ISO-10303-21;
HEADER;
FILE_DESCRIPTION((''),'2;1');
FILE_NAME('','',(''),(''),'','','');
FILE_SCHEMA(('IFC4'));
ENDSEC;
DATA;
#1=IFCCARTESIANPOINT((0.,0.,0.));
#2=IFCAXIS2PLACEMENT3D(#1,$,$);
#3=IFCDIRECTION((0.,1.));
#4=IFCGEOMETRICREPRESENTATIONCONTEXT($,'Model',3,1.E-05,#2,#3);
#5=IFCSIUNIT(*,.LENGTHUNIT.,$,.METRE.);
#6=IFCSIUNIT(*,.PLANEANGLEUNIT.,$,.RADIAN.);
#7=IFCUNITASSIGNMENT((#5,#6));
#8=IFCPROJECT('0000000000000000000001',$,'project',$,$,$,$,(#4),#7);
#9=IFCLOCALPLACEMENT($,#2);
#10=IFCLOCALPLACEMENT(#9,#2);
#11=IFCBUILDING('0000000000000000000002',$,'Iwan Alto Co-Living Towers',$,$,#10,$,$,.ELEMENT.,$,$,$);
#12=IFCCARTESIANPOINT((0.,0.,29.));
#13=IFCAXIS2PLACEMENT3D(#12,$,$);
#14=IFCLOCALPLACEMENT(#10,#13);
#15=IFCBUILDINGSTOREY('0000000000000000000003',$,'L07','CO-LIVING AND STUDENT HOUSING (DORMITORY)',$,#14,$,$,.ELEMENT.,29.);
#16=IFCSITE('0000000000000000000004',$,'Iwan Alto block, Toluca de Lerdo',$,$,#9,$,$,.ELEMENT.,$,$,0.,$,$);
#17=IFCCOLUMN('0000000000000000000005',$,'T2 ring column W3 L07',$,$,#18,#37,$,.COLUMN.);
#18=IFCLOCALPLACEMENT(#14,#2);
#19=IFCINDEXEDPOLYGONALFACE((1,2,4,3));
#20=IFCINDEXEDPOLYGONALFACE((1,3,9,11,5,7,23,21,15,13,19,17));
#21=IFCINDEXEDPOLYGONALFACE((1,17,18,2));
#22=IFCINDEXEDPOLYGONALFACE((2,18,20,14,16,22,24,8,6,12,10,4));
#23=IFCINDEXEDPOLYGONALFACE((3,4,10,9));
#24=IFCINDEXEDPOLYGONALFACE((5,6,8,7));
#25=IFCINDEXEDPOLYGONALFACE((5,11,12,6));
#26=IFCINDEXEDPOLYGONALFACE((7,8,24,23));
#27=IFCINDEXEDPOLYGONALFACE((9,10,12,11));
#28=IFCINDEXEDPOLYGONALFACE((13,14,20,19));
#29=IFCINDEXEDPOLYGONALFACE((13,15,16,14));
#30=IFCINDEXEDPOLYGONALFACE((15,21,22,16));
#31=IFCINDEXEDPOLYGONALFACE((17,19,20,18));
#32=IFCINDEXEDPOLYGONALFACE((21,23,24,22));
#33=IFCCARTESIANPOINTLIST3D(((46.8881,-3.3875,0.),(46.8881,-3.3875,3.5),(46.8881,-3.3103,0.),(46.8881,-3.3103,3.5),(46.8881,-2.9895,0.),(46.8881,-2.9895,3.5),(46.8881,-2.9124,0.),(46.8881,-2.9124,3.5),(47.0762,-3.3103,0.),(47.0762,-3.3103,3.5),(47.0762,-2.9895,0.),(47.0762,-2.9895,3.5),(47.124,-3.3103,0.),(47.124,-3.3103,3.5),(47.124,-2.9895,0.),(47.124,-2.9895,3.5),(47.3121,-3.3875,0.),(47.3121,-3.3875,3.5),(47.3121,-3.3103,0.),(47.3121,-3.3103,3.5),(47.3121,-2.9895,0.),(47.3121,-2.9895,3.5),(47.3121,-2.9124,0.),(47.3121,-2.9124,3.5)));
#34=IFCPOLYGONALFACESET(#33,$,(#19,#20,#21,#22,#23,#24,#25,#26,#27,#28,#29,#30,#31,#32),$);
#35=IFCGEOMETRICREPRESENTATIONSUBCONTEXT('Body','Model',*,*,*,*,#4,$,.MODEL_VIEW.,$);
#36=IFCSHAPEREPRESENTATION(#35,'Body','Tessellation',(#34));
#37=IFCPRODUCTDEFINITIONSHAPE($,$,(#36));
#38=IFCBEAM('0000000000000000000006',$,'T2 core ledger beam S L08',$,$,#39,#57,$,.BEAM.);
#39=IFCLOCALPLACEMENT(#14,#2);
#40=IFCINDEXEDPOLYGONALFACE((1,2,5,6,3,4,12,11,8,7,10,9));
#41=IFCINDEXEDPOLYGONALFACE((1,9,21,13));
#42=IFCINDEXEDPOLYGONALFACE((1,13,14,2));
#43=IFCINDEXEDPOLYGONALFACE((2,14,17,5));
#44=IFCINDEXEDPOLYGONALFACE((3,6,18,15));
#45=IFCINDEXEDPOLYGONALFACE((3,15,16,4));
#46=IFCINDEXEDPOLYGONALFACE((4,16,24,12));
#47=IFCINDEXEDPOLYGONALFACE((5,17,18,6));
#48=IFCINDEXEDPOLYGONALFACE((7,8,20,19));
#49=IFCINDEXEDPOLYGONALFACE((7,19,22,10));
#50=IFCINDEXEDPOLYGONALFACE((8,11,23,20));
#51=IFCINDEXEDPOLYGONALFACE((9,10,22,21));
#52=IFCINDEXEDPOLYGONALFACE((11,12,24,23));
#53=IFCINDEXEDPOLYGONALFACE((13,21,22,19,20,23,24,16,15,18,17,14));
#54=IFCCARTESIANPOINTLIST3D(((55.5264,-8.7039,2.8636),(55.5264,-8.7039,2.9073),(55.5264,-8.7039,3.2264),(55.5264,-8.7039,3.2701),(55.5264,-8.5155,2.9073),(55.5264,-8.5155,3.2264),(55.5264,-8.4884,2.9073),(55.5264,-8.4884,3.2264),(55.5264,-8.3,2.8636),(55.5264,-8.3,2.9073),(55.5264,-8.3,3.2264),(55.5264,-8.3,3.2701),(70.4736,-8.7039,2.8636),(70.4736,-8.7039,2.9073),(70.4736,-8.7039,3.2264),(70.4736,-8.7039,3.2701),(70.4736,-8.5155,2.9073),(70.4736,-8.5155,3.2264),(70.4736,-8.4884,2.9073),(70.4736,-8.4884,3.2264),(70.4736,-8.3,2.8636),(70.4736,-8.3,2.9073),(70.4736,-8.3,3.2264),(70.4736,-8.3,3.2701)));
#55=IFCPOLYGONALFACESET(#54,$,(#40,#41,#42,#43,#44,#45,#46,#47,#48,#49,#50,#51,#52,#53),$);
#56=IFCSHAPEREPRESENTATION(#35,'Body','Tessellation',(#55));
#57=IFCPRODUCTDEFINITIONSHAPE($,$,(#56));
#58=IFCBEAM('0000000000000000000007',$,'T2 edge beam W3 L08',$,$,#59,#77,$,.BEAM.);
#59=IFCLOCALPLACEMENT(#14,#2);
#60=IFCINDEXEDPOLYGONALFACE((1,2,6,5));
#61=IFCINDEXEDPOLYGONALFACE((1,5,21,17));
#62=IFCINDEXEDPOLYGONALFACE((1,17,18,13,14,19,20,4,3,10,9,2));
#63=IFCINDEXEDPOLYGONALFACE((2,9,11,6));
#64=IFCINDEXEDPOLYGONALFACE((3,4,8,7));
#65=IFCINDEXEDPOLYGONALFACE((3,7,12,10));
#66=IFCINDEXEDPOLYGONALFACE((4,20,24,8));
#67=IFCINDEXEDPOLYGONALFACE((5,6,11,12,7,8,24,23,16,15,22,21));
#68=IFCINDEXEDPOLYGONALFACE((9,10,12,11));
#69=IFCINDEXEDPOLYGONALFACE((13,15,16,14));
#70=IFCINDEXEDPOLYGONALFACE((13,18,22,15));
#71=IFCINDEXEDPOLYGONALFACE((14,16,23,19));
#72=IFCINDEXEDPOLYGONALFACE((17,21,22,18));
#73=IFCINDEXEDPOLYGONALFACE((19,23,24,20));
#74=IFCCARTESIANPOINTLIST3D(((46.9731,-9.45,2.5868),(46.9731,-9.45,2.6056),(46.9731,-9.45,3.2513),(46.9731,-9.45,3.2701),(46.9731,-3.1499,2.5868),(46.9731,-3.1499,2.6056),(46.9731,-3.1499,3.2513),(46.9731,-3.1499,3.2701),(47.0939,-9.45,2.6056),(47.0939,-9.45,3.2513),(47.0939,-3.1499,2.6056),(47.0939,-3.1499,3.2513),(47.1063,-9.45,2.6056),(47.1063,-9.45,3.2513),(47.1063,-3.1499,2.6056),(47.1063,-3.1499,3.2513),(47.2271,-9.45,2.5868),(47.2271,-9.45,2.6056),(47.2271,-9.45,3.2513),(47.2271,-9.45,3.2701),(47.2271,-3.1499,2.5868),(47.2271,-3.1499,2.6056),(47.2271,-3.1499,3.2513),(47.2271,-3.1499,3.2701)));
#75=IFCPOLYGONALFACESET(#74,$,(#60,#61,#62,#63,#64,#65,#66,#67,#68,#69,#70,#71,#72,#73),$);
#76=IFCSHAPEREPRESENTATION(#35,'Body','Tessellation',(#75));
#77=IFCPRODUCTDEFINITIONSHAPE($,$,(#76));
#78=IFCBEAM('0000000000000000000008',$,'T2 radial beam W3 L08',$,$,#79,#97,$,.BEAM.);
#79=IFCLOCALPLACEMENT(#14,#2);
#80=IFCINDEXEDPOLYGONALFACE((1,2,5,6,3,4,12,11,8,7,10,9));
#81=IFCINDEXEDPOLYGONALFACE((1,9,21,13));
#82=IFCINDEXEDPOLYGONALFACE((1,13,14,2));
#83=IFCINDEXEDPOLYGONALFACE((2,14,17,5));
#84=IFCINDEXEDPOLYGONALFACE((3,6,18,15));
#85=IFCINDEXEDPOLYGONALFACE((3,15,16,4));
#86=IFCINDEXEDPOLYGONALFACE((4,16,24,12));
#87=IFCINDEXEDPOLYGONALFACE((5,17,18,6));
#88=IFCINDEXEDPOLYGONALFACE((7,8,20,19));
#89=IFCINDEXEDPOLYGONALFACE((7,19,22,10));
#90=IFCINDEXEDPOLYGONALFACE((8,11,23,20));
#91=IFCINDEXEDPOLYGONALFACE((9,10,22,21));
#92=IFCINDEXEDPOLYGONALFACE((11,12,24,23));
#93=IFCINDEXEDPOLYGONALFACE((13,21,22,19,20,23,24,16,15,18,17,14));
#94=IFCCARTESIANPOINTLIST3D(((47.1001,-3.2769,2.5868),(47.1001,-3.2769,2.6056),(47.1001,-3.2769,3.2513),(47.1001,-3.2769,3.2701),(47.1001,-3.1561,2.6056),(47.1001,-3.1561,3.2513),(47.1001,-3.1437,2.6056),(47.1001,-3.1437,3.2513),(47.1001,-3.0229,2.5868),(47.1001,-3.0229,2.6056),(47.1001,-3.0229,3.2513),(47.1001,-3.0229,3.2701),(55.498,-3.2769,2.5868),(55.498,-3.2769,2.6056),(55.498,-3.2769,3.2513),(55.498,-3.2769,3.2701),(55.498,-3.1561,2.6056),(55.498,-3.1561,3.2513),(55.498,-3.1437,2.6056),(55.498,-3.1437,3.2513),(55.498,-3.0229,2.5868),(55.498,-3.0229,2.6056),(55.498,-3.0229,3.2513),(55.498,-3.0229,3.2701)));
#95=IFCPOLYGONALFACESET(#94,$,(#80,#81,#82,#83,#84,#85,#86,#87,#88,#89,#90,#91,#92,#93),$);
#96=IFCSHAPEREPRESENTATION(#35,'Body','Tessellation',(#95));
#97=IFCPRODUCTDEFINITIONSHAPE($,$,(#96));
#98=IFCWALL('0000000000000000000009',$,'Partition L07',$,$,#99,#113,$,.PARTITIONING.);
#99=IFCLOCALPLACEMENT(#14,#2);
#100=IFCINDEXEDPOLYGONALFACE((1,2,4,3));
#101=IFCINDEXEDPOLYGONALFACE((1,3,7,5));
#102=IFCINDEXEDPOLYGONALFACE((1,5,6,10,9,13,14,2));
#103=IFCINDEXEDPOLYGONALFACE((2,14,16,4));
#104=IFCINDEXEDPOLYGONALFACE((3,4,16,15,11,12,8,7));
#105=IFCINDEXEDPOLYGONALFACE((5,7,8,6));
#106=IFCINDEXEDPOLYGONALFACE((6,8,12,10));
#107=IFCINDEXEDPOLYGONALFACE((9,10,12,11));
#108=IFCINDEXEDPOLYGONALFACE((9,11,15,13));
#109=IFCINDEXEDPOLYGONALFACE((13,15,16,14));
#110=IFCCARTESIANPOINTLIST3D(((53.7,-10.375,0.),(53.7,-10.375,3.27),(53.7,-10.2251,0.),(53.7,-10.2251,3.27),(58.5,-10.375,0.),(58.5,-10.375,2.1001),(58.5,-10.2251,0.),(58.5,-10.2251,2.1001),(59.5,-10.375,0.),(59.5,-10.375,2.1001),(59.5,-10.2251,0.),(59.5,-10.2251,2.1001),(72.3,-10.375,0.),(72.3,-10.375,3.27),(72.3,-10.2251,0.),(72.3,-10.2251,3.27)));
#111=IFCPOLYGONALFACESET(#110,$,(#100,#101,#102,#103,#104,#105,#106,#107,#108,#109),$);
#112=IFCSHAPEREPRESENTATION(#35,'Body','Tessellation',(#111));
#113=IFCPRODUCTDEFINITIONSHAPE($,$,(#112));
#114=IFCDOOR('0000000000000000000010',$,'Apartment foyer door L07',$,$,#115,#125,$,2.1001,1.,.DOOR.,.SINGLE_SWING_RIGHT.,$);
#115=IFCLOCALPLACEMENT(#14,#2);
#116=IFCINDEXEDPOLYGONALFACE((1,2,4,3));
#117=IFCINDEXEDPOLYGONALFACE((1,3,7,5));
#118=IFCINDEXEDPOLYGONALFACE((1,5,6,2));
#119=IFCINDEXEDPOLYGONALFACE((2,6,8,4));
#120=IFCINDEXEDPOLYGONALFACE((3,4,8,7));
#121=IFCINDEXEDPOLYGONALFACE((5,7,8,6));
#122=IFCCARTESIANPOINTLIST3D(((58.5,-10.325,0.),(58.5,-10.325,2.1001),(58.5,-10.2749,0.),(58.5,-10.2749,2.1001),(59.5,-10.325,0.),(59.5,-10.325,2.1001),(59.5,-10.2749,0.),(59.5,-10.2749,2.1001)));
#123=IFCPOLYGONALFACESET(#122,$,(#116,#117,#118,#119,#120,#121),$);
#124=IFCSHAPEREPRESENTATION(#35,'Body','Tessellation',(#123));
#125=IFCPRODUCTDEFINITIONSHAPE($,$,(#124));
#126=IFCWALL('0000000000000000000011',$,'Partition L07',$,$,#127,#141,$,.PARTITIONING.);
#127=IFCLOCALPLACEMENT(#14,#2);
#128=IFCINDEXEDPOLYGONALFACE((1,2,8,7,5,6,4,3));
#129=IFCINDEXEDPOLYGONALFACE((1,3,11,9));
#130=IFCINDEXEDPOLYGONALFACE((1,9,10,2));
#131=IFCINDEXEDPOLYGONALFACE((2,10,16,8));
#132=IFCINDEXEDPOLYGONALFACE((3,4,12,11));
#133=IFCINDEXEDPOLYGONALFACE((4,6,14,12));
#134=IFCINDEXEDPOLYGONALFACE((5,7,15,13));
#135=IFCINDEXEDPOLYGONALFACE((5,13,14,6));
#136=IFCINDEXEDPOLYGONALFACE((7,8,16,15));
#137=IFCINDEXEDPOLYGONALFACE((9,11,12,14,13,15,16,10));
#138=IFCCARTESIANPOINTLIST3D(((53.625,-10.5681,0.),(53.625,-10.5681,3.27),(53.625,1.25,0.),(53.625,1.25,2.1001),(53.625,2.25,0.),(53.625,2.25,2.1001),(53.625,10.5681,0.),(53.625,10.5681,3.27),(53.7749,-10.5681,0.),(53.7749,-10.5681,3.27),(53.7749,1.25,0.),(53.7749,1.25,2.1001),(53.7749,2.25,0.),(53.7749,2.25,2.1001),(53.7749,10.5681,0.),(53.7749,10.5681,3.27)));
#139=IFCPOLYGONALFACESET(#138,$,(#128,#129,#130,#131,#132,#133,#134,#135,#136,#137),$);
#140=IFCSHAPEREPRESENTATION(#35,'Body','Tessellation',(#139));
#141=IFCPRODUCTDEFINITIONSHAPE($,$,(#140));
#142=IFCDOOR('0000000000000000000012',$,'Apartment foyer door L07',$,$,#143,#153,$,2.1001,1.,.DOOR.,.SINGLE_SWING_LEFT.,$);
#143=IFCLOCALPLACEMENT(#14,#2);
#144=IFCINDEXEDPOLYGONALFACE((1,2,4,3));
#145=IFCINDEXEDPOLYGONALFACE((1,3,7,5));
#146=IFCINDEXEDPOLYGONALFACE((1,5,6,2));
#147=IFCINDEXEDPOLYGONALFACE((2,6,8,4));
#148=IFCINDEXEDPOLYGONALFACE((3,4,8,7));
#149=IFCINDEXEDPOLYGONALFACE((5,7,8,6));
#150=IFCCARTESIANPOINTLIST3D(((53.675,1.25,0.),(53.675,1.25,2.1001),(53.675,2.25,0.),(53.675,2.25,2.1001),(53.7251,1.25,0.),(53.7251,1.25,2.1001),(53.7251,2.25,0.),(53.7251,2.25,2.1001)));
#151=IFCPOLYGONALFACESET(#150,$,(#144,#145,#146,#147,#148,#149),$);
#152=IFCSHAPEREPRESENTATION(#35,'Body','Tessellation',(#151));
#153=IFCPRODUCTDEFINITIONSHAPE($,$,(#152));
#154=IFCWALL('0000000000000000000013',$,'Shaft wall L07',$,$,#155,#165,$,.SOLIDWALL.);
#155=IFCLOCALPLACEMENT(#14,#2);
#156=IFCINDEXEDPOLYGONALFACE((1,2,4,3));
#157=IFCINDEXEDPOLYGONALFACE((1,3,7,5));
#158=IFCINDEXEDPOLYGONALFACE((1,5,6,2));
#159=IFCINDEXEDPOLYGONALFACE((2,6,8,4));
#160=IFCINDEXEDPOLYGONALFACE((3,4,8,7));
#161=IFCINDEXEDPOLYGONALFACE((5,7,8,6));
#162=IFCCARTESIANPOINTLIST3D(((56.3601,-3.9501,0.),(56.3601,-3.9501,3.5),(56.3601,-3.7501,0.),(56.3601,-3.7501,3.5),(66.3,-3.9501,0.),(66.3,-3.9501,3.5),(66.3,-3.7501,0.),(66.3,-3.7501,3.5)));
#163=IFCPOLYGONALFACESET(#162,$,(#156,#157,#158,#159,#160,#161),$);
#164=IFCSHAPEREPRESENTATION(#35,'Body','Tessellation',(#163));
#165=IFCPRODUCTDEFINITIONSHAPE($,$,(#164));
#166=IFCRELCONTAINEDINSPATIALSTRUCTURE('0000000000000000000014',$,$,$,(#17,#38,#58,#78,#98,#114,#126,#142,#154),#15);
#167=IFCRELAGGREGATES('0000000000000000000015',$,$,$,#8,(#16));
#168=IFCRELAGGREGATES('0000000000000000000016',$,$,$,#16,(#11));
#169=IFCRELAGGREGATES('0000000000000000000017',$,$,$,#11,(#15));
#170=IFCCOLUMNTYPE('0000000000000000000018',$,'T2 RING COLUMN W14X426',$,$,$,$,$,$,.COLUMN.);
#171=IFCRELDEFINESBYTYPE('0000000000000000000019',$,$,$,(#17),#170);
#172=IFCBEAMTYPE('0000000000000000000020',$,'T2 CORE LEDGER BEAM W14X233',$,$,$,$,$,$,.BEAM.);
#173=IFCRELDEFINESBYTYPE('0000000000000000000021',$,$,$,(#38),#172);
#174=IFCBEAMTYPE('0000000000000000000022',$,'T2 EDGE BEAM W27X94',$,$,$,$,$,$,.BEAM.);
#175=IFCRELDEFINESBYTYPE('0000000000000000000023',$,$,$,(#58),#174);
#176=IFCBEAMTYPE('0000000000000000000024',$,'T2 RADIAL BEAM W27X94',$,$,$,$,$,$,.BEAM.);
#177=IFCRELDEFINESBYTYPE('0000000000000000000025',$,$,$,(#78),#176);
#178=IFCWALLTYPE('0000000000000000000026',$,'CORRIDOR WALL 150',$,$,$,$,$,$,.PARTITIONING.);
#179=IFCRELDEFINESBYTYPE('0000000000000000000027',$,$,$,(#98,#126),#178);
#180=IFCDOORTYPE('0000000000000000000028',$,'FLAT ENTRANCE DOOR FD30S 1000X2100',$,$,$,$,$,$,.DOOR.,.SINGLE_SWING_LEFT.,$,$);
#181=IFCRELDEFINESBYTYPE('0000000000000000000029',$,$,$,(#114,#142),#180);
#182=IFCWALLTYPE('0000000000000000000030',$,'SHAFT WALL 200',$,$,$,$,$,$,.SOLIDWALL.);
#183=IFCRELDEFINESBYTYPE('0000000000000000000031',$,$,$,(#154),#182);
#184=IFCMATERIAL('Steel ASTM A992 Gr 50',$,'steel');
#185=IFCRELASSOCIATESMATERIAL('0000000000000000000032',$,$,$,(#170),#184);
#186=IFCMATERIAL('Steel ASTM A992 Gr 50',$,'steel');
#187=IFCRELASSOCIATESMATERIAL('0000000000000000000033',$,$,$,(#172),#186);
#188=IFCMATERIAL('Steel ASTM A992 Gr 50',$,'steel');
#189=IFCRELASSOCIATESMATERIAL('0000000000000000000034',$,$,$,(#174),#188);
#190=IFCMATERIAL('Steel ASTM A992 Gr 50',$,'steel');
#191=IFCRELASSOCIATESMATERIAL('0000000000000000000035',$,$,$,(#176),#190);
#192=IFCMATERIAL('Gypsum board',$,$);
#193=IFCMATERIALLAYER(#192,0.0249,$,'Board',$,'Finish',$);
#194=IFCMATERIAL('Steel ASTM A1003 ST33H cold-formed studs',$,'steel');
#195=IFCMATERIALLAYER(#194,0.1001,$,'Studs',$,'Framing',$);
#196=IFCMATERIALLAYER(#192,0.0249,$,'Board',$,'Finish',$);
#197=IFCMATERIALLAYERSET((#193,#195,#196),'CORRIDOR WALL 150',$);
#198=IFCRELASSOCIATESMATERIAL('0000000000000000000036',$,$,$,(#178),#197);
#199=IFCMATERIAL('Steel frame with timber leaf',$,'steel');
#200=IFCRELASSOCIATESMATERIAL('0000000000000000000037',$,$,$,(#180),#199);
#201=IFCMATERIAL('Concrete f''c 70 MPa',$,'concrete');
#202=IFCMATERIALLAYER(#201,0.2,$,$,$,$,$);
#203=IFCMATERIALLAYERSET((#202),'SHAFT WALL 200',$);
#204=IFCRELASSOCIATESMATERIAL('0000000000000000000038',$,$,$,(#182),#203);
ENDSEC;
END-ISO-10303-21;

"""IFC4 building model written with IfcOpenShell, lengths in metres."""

from ifc_helpers import new_model, si_unit, direction, frame, frame_2d, origin, origin_2d, place, context, subcontext, project, spatial, rectangle, i_section, extrude, material, layer, layer_set, material_profile, profile_set, type_object, element, fill, save


model = new_model("IFC4")

# Units and contexts
model_context = context("Model", 3, precision=1e-05, world=origin(), true_north=direction((0.0, 1.0)))
body_context = subcontext(model_context, "Body", "Model", "MODEL_VIEW")
ifc_project = project(units=[si_unit("LENGTHUNIT", "METRE"), si_unit("PLANEANGLEUNIT", "RADIAN")], contexts=[model_context])

# Site, building, storey
site_placement = place(None, origin())
site = spatial("IfcSite", under=ifc_project, at=site_placement, Name="Iwan Alto block, Toluca de Lerdo", CompositionType="ELEMENT", RefElevation=0.0)
building_placement = place(site_placement, origin())
building = spatial("IfcBuilding", under=site, at=building_placement, Name="Iwan Alto Co-Living Towers", CompositionType="ELEMENT")
storey_placement = place(building_placement, frame((0.0, 0.0, 29.0)))
storey = spatial("IfcBuildingStorey", under=building, at=storey_placement, Name="L07", Description="CO-LIVING AND STUDENT HOUSING (DORMITORY)", CompositionType="ELEMENT", Elevation=29.0)

# Column
ifc_material_1 = material(Name="Steel ASTM A992 Gr 50", Category="steel")
ifc_material_profile_1 = material_profile(ifc_material_1, i_section(OverallWidth=0.4241, OverallDepth=0.4751, WebThickness=0.0479, FlangeThickness=0.0771, at=origin_2d()), Name="W14X426")
ifc_profile_set_1 = profile_set([ifc_material_profile_1], Name="Steel ASTM A992 Gr 50")
column_type = type_object("IfcColumnType", Name="T2 RING COLUMN W14X426", PredefinedType="COLUMN", material=ifc_profile_set_1)
column_placement = place(storey_placement, frame((47.1001, -3.1499, 0.0), z_axis=(0.0, 0.0, 1.0), x_axis=(1.0, 0.0, 0.0)))
element("IfcColumn", 1, at=column_placement, inside=storey, type_object=column_type, Name="T2 ring column W3 L07", PredefinedType="COLUMN", context=body_context, shape_type="SweptSolid", body=[
    extrude(i_section(OverallWidth=0.4241, OverallDepth=0.4751, WebThickness=0.0479, FlangeThickness=0.0771, at=origin_2d()), origin(), (0.0, 0.0, 1.0), 3.5),
])

# Beams
ifc_material_2 = material(Name="Steel ASTM A992 Gr 50", Category="steel")
ifc_material_profile_2 = material_profile(ifc_material_2, i_section(OverallWidth=0.4038, OverallDepth=0.4065, WebThickness=0.0271, FlangeThickness=0.0437, at=origin_2d()), Name="W14X233")
ifc_profile_set_2 = profile_set([ifc_material_profile_2], Name="Steel ASTM A992 Gr 50")
beam_type_1 = type_object("IfcBeamType", Name="T2 CORE LEDGER BEAM W14X233", PredefinedType="BEAM", material=ifc_profile_set_2)
beam_1_placement = place(storey_placement, frame((55.5264, -8.502, 3.0669), z_axis=(1.0, 0.0, 0.0), x_axis=(0.0, 1.0, 0.0)))
element("IfcBeam", 2, at=beam_1_placement, inside=storey, type_object=beam_type_1, Name="T2 core ledger beam S L08", PredefinedType="BEAM", context=body_context, shape_type="SweptSolid", body=[
    extrude(i_section(OverallWidth=0.4038, OverallDepth=0.4065, WebThickness=0.0271, FlangeThickness=0.0437, at=origin_2d()), origin(), (0.0, 0.0, 1.0), 14.9473),
])
ifc_material_3 = material(Name="Steel ASTM A992 Gr 50", Category="steel")
ifc_material_profile_3 = material_profile(ifc_material_3, i_section(OverallWidth=0.2539, OverallDepth=0.6833, WebThickness=0.0125, FlangeThickness=0.0188, at=origin_2d()), Name="W27X94")
ifc_profile_set_3 = profile_set([ifc_material_profile_3], Name="Steel ASTM A992 Gr 50")
beam_type_2 = type_object("IfcBeamType", Name="T2 EDGE BEAM W27X94", PredefinedType="BEAM", material=ifc_profile_set_3)
beam_2_placement = place(storey_placement, frame((47.1001, -3.1499, 2.9285), z_axis=(0.0, -1.0, 0.0), x_axis=(1.0, 0.0, 0.0)))
element("IfcBeam", 3, at=beam_2_placement, inside=storey, type_object=beam_type_2, Name="T2 edge beam W3 L08", PredefinedType="BEAM", context=body_context, shape_type="SweptSolid", body=[
    extrude(i_section(OverallWidth=0.2539, OverallDepth=0.6833, WebThickness=0.0125, FlangeThickness=0.0188, at=origin_2d()), origin(), (0.0, 0.0, 1.0), 6.3),
])
ifc_material_4 = material(Name="Steel ASTM A992 Gr 50", Category="steel")
ifc_material_profile_4 = material_profile(ifc_material_4, i_section(OverallWidth=0.2539, OverallDepth=0.6833, WebThickness=0.0125, FlangeThickness=0.0188, at=origin_2d()), Name="W27X94")
ifc_profile_set_4 = profile_set([ifc_material_profile_4], Name="Steel ASTM A992 Gr 50")
beam_type_3 = type_object("IfcBeamType", Name="T2 RADIAL BEAM W27X94", PredefinedType="BEAM", material=ifc_profile_set_4)
beam_3_placement = place(storey_placement, frame((47.1001, -3.1499, 2.9285), z_axis=(1.0, 0.0, 0.0), x_axis=(0.0, 1.0, 0.0)))
element("IfcBeam", 4, at=beam_3_placement, inside=storey, type_object=beam_type_3, Name="T2 radial beam W3 L08", PredefinedType="BEAM", context=body_context, shape_type="SweptSolid", body=[
    extrude(i_section(OverallWidth=0.2539, OverallDepth=0.6833, WebThickness=0.0125, FlangeThickness=0.0188, at=origin_2d()), origin(), (0.0, 0.0, 1.0), 8.3979),
])

# Walls, openings, doors
ifc_material_5 = material(Name="Gypsum board")
ifc_layer_1 = layer(ifc_material_5, 0.0249, Name="Board", Category="Finish")
ifc_material_6 = material(Name="Steel ASTM A1003 ST33H cold-formed studs", Category="steel")
ifc_layer_2 = layer(ifc_material_6, 0.1001, Name="Studs", Category="Framing")
ifc_layer_3 = layer(ifc_material_5, 0.0249, Name="Board", Category="Finish")
ifc_layer_set_1 = layer_set([ifc_layer_1, ifc_layer_2, ifc_layer_3], Name="CORRIDOR WALL 150")
wall_type_1 = type_object("IfcWallType", Name="CORRIDOR WALL 150", PredefinedType="PARTITIONING", material=ifc_layer_set_1)
wall_1_placement = place(storey_placement, frame((53.7, -10.3, 0.0), z_axis=(0.0, 0.0, 1.0), x_axis=(1.0, 0.0, 0.0)))
wall_1 = element("IfcWall", 5, at=wall_1_placement, inside=storey, type_object=wall_type_1, Name="Partition L07", PredefinedType="PARTITIONING", context=body_context, shape_type="SweptSolid", body=[
    extrude(rectangle(XDim=18.6001, YDim=0.1499, at=frame_2d((9.3, 0.0))), origin(), (0.0, 0.0, 1.0), 3.27),
])
opening_1_placement = place(wall_1_placement, frame((4.8, 0.0, 0.0)))
opening_1 = element("IfcOpeningElement", 6, at=opening_1_placement, cuts=wall_1, PredefinedType="OPENING", context=body_context, shape_type="SweptSolid", body=[
    extrude(rectangle(XDim=1.0, YDim=2.1001, at=frame_2d((0.5, 1.05))), frame((0.0, 0.085, 0.0), z_axis=(0.0, -1.0, 0.0), x_axis=(1.0, 0.0, 0.0)), (0.0, 0.0, 1.0), 0.1699),
])
ifc_material_7 = material(Name="Steel frame with timber leaf", Category="steel")
door_type_1 = type_object("IfcDoorType", Name="FLAT ENTRANCE DOOR FD30S 1000X2100", OperationType="SINGLE_SWING_LEFT", PredefinedType="DOOR", material=ifc_material_7)
door_1_placement = place(opening_1_placement, frame((1.0, 0.0, 0.0), z_axis=(0.0, 0.0, 1.0), x_axis=(-1.0, 0.0, 0.0)))
door_1 = element("IfcDoor", 7, at=door_1_placement, inside=storey, type_object=door_type_1, Name="Apartment foyer door L07", OperationType="SINGLE_SWING_RIGHT", OverallHeight=2.1001, OverallWidth=1.0, PredefinedType="DOOR", context=body_context, shape_type="SweptSolid", body=[
    extrude(rectangle(XDim=1.0, YDim=2.1001, at=frame_2d((0.5, 1.05))), frame((0.0, 0.0249, 0.0), z_axis=(0.0, -1.0, 0.0), x_axis=(1.0, 0.0, 0.0)), (0.0, 0.0, 1.0), 0.05),
])
fill(opening_1, door_1)
wall_2_placement = place(storey_placement, frame((53.7, -10.5681, 0.0), z_axis=(0.0, 0.0, 1.0), x_axis=(0.0, 1.0, 0.0)))
wall_2 = element("IfcWall", 8, at=wall_2_placement, inside=storey, type_object=wall_type_1, Name="Partition L07", PredefinedType="PARTITIONING", context=body_context, shape_type="SweptSolid", body=[
    extrude(rectangle(XDim=21.1362, YDim=0.1499, at=frame_2d((10.5681, 0.0))), origin(), (0.0, 0.0, 1.0), 3.27),
])
opening_2_placement = place(wall_2_placement, frame((11.8181, 0.0, 0.0)))
opening_2 = element("IfcOpeningElement", 9, at=opening_2_placement, cuts=wall_2, PredefinedType="OPENING", context=body_context, shape_type="SweptSolid", body=[
    extrude(rectangle(XDim=1.0, YDim=2.1001, at=frame_2d((0.5, 1.05))), frame((0.0, 0.085, 0.0), z_axis=(0.0, -1.0, 0.0), x_axis=(1.0, 0.0, 0.0)), (0.0, 0.0, 1.0), 0.1699),
])
door_2_placement = place(opening_2_placement, origin())
door_2 = element("IfcDoor", 10, at=door_2_placement, inside=storey, type_object=door_type_1, Name="Apartment foyer door L07", OperationType="SINGLE_SWING_LEFT", OverallHeight=2.1001, OverallWidth=1.0, PredefinedType="DOOR", context=body_context, shape_type="SweptSolid", body=[
    extrude(rectangle(XDim=1.0, YDim=2.1001, at=frame_2d((0.5, 1.05))), frame((0.0, 0.0249, 0.0), z_axis=(0.0, -1.0, 0.0), x_axis=(1.0, 0.0, 0.0)), (0.0, 0.0, 1.0), 0.05),
])
fill(opening_2, door_2)

# Wall
ifc_material_8 = material(Name="Concrete f'c 70 MPa", Category="concrete")
ifc_layer_4 = layer(ifc_material_8, 0.2)
ifc_layer_set_2 = layer_set([ifc_layer_4], Name="SHAFT WALL 200")
wall_type_2 = type_object("IfcWallType", Name="SHAFT WALL 200", PredefinedType="SOLIDWALL", material=ifc_layer_set_2)
wall_3_placement = place(storey_placement, frame((56.3601, -3.8501, 0.0), z_axis=(0.0, 0.0, 1.0), x_axis=(1.0, 0.0, 0.0)))
element("IfcWall", 11, at=wall_3_placement, inside=storey, type_object=wall_type_2, Name="Shaft wall L07", PredefinedType="SOLIDWALL", context=body_context, shape_type="SweptSolid", body=[
    extrude(rectangle(XDim=9.9399, YDim=0.2, at=frame_2d((4.97, 0.0))), origin(), (0.0, 0.0, 1.0), 3.5),
])

save(model, "model.ifc")
